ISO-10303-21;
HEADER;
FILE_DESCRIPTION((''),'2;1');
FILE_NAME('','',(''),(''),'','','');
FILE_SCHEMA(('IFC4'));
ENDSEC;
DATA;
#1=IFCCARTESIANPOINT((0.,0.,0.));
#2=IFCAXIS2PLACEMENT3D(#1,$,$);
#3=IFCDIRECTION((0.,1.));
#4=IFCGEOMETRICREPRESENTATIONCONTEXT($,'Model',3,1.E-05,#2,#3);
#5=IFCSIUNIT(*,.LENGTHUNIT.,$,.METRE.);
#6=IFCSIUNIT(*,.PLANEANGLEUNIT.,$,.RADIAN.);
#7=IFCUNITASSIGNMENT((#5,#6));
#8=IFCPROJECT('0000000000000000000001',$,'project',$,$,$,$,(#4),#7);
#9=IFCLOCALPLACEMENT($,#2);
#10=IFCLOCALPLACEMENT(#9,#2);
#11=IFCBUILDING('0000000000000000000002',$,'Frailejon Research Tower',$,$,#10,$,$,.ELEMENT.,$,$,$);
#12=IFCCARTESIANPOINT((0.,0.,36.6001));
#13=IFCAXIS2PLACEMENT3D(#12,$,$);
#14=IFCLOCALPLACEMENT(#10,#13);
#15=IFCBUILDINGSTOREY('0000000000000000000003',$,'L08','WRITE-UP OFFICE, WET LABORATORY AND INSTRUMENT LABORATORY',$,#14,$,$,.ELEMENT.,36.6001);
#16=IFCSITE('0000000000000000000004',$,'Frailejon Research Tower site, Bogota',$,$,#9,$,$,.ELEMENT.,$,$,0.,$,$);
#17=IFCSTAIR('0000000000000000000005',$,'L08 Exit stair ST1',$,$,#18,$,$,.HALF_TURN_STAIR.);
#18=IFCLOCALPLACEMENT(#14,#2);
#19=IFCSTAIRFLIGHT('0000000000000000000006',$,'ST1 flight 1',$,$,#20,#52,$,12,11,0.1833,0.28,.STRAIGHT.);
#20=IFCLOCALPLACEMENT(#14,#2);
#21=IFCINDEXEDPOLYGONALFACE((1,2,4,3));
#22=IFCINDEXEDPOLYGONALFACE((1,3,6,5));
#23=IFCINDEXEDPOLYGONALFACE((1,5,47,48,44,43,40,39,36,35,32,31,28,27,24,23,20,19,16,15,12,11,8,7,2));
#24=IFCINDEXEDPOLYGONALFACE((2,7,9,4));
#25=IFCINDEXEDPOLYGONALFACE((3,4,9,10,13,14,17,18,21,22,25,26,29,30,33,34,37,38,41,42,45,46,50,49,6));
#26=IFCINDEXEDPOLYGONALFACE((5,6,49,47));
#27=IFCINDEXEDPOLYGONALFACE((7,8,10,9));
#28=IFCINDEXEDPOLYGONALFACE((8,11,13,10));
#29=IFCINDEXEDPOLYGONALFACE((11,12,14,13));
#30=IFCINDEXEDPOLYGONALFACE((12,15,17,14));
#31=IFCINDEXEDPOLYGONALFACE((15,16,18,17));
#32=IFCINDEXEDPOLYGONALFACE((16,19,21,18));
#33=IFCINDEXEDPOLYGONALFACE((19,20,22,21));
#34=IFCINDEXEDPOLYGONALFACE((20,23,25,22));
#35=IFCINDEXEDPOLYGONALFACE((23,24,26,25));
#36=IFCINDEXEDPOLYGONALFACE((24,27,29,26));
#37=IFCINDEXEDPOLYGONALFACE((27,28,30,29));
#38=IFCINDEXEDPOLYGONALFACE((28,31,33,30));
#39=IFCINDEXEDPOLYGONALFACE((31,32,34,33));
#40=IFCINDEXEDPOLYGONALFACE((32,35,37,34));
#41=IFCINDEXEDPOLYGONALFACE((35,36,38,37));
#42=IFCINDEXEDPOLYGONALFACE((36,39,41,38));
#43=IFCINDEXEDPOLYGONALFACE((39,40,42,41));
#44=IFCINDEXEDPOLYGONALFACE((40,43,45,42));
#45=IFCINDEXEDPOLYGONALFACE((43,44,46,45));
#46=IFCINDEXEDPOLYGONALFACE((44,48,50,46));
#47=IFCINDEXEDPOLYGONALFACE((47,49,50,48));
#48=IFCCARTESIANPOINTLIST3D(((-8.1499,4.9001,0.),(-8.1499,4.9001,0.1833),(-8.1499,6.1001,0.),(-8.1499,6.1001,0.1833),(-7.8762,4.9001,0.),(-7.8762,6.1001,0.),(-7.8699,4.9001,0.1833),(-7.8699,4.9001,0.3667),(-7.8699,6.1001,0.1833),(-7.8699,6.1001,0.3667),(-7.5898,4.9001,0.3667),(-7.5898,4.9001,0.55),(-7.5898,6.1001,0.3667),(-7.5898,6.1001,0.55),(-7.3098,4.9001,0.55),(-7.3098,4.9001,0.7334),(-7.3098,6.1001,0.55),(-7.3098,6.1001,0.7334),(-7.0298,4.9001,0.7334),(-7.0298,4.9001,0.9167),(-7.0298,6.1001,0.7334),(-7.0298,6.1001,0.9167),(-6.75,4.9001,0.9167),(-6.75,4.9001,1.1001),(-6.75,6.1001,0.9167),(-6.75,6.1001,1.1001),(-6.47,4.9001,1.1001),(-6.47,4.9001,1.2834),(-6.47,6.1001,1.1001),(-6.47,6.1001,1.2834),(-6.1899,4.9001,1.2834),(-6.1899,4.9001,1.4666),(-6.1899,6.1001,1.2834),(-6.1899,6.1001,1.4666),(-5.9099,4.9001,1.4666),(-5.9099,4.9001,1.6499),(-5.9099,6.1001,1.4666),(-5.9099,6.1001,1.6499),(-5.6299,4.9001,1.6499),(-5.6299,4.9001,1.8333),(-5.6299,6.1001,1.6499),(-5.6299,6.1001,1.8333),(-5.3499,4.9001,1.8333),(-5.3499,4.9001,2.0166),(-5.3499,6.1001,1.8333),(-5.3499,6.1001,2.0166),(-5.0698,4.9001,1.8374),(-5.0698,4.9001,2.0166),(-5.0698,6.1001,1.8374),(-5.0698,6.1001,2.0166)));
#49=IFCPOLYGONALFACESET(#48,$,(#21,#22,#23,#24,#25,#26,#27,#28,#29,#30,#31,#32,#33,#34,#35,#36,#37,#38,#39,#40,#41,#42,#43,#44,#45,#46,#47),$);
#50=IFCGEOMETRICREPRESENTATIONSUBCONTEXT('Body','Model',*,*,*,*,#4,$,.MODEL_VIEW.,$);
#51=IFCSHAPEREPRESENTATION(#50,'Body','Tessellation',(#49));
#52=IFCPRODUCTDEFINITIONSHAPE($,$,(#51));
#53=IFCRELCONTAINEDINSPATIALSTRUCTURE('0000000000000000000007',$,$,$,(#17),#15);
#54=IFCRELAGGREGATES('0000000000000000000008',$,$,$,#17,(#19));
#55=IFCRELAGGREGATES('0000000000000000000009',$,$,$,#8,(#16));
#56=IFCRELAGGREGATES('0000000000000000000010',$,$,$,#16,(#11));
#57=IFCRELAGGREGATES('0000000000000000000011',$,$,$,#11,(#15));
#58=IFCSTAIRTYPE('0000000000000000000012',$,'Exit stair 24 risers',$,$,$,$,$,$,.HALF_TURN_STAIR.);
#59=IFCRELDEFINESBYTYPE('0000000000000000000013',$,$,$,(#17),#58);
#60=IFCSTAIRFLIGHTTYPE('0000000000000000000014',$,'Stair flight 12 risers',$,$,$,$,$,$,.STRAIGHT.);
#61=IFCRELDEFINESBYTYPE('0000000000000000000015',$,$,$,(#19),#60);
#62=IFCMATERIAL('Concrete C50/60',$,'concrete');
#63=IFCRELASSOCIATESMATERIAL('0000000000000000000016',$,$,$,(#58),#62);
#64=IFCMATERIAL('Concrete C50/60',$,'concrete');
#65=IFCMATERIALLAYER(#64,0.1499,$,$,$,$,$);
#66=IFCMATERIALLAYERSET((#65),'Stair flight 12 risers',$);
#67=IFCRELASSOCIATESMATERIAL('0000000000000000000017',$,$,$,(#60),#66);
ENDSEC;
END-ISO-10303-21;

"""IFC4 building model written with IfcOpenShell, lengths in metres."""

from ifc_helpers import new_model, si_unit, direction, frame, origin, place, context, subcontext, project, spatial, polyline, outline, extrude, material, layer, layer_set, type_object, element, aggregate, save


model = new_model("IFC4")

# Units and contexts
model_context = context("Model", 3, precision=1e-05, world=origin(), true_north=direction((0.0, 1.0)))
body_context = subcontext(model_context, "Body", "Model", "MODEL_VIEW")
ifc_project = project(units=[si_unit("LENGTHUNIT", "METRE"), si_unit("PLANEANGLEUNIT", "RADIAN")], contexts=[model_context])

# Site, building, storey
site_placement = place(None, origin())
site = spatial("IfcSite", under=ifc_project, at=site_placement, Name="Frailejon Research Tower site, Bogota", CompositionType="ELEMENT", RefElevation=0.0)
building_placement = place(site_placement, origin())
building = spatial("IfcBuilding", under=site, at=building_placement, Name="Frailejon Research Tower", CompositionType="ELEMENT")
storey_placement = place(building_placement, frame((0.0, 0.0, 36.6001)))
storey = spatial("IfcBuildingStorey", under=building, at=storey_placement, Name="L08", Description="WRITE-UP OFFICE, WET LABORATORY AND INSTRUMENT LABORATORY", CompositionType="ELEMENT", Elevation=36.6001)

# Stair, stair flight
ifc_material_1 = material(Name="Concrete C50/60", Category="concrete")
stair_type = type_object("IfcStairType", Name="Exit stair 24 risers", PredefinedType="HALF_TURN_STAIR", material=ifc_material_1)
stair_placement = place(storey_placement, origin())
stair = element("IfcStair", 1, at=stair_placement, inside=storey, type_object=stair_type, Name="L08 Exit stair ST1", PredefinedType="HALF_TURN_STAIR")
ifc_material_2 = material(Name="Concrete C50/60", Category="concrete")
ifc_layer_1 = layer(ifc_material_2, 0.1499)
ifc_layer_set_1 = layer_set([ifc_layer_1], Name="Stair flight 12 risers")
stair_flight_type = type_object("IfcStairFlightType", Name="Stair flight 12 risers", PredefinedType="STRAIGHT", material=ifc_layer_set_1)
stair_flight_placement = place(storey_placement, frame((-8.1499, 5.5, 0.0), z_axis=(0.0, 0.0, 1.0), x_axis=(1.0, 0.0, 0.0)))
stair_flight = element("IfcStairFlight", 2, at=stair_flight_placement, type_object=stair_flight_type, Name="ST1 flight 1", NumberOfRisers=12, NumberOfTreads=11, PredefinedType="STRAIGHT", RiserHeight=0.1833, TreadLength=0.28, context=body_context, shape_type="SweptSolid", body=[
    extrude(outline(polyline([(0.0, 0.0), (0.0, 0.1833), (0.28, 0.1833), (0.28, 0.3667), (0.5601, 0.3667), (0.5601, 0.55), (0.8401, 0.55), (0.8401, 0.7334), (1.1201, 0.7334), (1.1201, 0.9167), (1.3999, 0.9167), (1.3999, 1.1001), (1.6799, 1.1001), (1.6799, 1.2834), (1.96, 1.2834), (1.96, 1.4666), (2.24, 1.4666), (2.24, 1.6499), (2.52, 1.6499), (2.52, 1.8333), (2.8, 1.8333), (2.8, 2.0166), (3.0801, 2.0166), (3.0801, 2.2), (3.0801, 1.8374), (0.2737, 0.0), (0.0, 0.0)])), frame((0.0, 0.6001, 0.0), z_axis=(0.0, -1.0, 0.0), x_axis=(1.0, 0.0, 0.0)), (0.0, 0.0, 1.0), 1.2),
])
aggregate(stair, [stair_flight])

save(model, "model.ifc")
